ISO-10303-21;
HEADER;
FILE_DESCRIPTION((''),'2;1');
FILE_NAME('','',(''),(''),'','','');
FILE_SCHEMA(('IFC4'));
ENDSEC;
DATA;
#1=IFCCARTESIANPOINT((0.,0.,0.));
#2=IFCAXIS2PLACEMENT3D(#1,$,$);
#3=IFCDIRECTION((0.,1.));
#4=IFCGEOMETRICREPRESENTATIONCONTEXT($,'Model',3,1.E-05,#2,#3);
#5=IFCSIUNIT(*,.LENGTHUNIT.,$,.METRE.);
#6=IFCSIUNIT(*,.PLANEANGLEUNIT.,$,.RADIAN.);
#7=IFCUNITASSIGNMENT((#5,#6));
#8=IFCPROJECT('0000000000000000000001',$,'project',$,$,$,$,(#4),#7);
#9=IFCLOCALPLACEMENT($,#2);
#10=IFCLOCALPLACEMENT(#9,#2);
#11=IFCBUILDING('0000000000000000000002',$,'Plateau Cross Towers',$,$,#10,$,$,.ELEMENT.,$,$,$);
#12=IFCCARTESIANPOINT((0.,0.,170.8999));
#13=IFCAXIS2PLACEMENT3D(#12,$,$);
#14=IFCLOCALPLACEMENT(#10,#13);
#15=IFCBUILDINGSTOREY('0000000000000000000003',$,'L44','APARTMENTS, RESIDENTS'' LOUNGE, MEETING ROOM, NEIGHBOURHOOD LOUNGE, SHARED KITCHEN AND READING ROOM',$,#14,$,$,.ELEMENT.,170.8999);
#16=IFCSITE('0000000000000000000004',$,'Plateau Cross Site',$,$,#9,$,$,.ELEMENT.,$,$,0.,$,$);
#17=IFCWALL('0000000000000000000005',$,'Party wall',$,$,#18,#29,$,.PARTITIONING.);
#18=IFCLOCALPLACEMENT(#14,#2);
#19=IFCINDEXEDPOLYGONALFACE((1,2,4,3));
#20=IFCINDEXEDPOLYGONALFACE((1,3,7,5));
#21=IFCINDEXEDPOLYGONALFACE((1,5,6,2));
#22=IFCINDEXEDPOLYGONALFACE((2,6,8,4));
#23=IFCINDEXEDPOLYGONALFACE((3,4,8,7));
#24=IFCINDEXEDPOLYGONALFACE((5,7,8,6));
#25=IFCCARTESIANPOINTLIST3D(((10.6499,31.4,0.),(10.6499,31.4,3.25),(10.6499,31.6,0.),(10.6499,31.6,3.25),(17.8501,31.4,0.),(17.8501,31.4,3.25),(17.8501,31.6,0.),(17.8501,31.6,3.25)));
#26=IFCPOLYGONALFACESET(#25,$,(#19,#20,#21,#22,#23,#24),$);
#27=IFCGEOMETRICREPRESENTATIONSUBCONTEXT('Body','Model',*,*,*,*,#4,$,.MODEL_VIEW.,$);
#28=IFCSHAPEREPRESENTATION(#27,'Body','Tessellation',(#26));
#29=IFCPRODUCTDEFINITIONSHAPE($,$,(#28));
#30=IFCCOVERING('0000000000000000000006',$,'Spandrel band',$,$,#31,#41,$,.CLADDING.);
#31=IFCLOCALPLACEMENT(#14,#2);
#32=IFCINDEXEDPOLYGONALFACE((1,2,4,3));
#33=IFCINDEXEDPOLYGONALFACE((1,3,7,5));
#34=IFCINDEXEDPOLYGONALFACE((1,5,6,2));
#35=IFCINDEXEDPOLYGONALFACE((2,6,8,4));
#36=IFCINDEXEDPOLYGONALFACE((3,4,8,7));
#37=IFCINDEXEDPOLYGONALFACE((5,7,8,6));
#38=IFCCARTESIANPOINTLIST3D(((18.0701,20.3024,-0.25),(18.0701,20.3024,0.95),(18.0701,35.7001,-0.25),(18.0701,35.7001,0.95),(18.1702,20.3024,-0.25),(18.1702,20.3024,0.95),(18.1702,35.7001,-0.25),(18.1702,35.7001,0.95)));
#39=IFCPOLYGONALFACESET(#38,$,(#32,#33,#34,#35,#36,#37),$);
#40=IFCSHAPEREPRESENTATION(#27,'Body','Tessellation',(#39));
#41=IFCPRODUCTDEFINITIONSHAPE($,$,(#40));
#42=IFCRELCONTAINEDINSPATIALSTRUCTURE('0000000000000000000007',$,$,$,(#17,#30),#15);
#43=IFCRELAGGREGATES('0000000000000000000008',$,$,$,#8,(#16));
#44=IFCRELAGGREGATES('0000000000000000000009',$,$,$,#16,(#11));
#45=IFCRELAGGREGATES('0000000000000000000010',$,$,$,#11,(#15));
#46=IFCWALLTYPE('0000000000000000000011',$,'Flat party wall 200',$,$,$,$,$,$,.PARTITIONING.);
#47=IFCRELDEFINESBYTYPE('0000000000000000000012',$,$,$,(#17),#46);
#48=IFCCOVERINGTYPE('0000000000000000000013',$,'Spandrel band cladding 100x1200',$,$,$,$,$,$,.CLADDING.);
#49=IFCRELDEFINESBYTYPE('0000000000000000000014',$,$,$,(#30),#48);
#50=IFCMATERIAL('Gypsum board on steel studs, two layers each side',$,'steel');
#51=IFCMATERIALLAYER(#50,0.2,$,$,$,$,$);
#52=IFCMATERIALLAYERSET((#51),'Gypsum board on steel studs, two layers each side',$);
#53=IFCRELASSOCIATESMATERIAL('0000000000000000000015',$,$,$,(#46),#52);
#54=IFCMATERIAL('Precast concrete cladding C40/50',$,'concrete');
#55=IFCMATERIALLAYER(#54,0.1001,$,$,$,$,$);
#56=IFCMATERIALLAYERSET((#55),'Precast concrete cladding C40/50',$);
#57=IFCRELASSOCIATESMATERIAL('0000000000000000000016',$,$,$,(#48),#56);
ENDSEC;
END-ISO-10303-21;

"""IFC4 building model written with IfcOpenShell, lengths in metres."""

from ifc_helpers import new_model, si_unit, direction, frame, frame_2d, origin, origin_2d, place, context, subcontext, project, spatial, rectangle, extrude, material, layer, layer_set, type_object, element, save


model = new_model("IFC4")

# Units and contexts
model_context = context("Model", 3, precision=1e-05, world=origin(), true_north=direction((0.0, 1.0)))
body_context = subcontext(model_context, "Body", "Model", "MODEL_VIEW")
ifc_project = project(units=[si_unit("LENGTHUNIT", "METRE"), si_unit("PLANEANGLEUNIT", "RADIAN")], contexts=[model_context])

# Site, building, storey
site_placement = place(None, origin())
site = spatial("IfcSite", under=ifc_project, at=site_placement, Name="Plateau Cross Site", CompositionType="ELEMENT", RefElevation=0.0)
building_placement = place(site_placement, origin())
building = spatial("IfcBuilding", under=site, at=building_placement, Name="Plateau Cross Towers", CompositionType="ELEMENT")
storey_placement = place(building_placement, frame((0.0, 0.0, 170.8999)))
storey = spatial("IfcBuildingStorey", under=building, at=storey_placement, Name="L44", Description="APARTMENTS, RESIDENTS' LOUNGE, MEETING ROOM, NEIGHBOURHOOD LOUNGE, SHARED KITCHEN AND READING ROOM", CompositionType="ELEMENT", Elevation=170.8999)

# Wall
ifc_material_1 = material(Name="Gypsum board on steel studs, two layers each side", Category="steel")
ifc_layer_1 = layer(ifc_material_1, 0.2)
ifc_layer_set_1 = layer_set([ifc_layer_1], Name="Gypsum board on steel studs, two layers each side")
wall_type_1 = type_object("IfcWallType", Name="Flat party wall 200", PredefinedType="PARTITIONING", material=ifc_layer_set_1)
wall_1_placement = place(storey_placement, frame((17.8501, 31.5, 0.0), z_axis=(0.0, 0.0, 1.0), x_axis=(-1.0, 0.0, 0.0)))
element("IfcWall", 1, at=wall_1_placement, inside=storey, type_object=wall_type_1, Name="Party wall", PredefinedType="PARTITIONING", context=body_context, shape_type="SweptSolid", body=[
    extrude(rectangle(XDim=7.2002, YDim=0.2, at=frame_2d((3.6001, 0.0))), origin(), (0.0, 0.0, 1.0), 3.25),
])

# Covering
ifc_material_2 = material(Name="Precast concrete cladding C40/50", Category="concrete")
ifc_layer_2 = layer(ifc_material_2, 0.1001)
ifc_layer_set_2 = layer_set([ifc_layer_2], Name="Precast concrete cladding C40/50")
covering_type = type_object("IfcCoveringType", Name="Spandrel band cladding 100x1200", PredefinedType="CLADDING", material=ifc_layer_set_2)
covering_placement = place(storey_placement, frame((18.1201, 28.0012, -0.25), z_axis=(0.0, 0.0, 1.0), x_axis=(0.0, 1.0, 0.0)))
element("IfcCovering", 2, at=covering_placement, inside=storey, type_object=covering_type, Name="Spandrel band", PredefinedType="CLADDING", context=body_context, shape_type="SweptSolid", body=[
    extrude(rectangle(XDim=15.3977, YDim=0.1001, at=origin_2d()), origin(), (0.0, 0.0, 1.0), 1.2),
])

save(model, "model.ifc")
